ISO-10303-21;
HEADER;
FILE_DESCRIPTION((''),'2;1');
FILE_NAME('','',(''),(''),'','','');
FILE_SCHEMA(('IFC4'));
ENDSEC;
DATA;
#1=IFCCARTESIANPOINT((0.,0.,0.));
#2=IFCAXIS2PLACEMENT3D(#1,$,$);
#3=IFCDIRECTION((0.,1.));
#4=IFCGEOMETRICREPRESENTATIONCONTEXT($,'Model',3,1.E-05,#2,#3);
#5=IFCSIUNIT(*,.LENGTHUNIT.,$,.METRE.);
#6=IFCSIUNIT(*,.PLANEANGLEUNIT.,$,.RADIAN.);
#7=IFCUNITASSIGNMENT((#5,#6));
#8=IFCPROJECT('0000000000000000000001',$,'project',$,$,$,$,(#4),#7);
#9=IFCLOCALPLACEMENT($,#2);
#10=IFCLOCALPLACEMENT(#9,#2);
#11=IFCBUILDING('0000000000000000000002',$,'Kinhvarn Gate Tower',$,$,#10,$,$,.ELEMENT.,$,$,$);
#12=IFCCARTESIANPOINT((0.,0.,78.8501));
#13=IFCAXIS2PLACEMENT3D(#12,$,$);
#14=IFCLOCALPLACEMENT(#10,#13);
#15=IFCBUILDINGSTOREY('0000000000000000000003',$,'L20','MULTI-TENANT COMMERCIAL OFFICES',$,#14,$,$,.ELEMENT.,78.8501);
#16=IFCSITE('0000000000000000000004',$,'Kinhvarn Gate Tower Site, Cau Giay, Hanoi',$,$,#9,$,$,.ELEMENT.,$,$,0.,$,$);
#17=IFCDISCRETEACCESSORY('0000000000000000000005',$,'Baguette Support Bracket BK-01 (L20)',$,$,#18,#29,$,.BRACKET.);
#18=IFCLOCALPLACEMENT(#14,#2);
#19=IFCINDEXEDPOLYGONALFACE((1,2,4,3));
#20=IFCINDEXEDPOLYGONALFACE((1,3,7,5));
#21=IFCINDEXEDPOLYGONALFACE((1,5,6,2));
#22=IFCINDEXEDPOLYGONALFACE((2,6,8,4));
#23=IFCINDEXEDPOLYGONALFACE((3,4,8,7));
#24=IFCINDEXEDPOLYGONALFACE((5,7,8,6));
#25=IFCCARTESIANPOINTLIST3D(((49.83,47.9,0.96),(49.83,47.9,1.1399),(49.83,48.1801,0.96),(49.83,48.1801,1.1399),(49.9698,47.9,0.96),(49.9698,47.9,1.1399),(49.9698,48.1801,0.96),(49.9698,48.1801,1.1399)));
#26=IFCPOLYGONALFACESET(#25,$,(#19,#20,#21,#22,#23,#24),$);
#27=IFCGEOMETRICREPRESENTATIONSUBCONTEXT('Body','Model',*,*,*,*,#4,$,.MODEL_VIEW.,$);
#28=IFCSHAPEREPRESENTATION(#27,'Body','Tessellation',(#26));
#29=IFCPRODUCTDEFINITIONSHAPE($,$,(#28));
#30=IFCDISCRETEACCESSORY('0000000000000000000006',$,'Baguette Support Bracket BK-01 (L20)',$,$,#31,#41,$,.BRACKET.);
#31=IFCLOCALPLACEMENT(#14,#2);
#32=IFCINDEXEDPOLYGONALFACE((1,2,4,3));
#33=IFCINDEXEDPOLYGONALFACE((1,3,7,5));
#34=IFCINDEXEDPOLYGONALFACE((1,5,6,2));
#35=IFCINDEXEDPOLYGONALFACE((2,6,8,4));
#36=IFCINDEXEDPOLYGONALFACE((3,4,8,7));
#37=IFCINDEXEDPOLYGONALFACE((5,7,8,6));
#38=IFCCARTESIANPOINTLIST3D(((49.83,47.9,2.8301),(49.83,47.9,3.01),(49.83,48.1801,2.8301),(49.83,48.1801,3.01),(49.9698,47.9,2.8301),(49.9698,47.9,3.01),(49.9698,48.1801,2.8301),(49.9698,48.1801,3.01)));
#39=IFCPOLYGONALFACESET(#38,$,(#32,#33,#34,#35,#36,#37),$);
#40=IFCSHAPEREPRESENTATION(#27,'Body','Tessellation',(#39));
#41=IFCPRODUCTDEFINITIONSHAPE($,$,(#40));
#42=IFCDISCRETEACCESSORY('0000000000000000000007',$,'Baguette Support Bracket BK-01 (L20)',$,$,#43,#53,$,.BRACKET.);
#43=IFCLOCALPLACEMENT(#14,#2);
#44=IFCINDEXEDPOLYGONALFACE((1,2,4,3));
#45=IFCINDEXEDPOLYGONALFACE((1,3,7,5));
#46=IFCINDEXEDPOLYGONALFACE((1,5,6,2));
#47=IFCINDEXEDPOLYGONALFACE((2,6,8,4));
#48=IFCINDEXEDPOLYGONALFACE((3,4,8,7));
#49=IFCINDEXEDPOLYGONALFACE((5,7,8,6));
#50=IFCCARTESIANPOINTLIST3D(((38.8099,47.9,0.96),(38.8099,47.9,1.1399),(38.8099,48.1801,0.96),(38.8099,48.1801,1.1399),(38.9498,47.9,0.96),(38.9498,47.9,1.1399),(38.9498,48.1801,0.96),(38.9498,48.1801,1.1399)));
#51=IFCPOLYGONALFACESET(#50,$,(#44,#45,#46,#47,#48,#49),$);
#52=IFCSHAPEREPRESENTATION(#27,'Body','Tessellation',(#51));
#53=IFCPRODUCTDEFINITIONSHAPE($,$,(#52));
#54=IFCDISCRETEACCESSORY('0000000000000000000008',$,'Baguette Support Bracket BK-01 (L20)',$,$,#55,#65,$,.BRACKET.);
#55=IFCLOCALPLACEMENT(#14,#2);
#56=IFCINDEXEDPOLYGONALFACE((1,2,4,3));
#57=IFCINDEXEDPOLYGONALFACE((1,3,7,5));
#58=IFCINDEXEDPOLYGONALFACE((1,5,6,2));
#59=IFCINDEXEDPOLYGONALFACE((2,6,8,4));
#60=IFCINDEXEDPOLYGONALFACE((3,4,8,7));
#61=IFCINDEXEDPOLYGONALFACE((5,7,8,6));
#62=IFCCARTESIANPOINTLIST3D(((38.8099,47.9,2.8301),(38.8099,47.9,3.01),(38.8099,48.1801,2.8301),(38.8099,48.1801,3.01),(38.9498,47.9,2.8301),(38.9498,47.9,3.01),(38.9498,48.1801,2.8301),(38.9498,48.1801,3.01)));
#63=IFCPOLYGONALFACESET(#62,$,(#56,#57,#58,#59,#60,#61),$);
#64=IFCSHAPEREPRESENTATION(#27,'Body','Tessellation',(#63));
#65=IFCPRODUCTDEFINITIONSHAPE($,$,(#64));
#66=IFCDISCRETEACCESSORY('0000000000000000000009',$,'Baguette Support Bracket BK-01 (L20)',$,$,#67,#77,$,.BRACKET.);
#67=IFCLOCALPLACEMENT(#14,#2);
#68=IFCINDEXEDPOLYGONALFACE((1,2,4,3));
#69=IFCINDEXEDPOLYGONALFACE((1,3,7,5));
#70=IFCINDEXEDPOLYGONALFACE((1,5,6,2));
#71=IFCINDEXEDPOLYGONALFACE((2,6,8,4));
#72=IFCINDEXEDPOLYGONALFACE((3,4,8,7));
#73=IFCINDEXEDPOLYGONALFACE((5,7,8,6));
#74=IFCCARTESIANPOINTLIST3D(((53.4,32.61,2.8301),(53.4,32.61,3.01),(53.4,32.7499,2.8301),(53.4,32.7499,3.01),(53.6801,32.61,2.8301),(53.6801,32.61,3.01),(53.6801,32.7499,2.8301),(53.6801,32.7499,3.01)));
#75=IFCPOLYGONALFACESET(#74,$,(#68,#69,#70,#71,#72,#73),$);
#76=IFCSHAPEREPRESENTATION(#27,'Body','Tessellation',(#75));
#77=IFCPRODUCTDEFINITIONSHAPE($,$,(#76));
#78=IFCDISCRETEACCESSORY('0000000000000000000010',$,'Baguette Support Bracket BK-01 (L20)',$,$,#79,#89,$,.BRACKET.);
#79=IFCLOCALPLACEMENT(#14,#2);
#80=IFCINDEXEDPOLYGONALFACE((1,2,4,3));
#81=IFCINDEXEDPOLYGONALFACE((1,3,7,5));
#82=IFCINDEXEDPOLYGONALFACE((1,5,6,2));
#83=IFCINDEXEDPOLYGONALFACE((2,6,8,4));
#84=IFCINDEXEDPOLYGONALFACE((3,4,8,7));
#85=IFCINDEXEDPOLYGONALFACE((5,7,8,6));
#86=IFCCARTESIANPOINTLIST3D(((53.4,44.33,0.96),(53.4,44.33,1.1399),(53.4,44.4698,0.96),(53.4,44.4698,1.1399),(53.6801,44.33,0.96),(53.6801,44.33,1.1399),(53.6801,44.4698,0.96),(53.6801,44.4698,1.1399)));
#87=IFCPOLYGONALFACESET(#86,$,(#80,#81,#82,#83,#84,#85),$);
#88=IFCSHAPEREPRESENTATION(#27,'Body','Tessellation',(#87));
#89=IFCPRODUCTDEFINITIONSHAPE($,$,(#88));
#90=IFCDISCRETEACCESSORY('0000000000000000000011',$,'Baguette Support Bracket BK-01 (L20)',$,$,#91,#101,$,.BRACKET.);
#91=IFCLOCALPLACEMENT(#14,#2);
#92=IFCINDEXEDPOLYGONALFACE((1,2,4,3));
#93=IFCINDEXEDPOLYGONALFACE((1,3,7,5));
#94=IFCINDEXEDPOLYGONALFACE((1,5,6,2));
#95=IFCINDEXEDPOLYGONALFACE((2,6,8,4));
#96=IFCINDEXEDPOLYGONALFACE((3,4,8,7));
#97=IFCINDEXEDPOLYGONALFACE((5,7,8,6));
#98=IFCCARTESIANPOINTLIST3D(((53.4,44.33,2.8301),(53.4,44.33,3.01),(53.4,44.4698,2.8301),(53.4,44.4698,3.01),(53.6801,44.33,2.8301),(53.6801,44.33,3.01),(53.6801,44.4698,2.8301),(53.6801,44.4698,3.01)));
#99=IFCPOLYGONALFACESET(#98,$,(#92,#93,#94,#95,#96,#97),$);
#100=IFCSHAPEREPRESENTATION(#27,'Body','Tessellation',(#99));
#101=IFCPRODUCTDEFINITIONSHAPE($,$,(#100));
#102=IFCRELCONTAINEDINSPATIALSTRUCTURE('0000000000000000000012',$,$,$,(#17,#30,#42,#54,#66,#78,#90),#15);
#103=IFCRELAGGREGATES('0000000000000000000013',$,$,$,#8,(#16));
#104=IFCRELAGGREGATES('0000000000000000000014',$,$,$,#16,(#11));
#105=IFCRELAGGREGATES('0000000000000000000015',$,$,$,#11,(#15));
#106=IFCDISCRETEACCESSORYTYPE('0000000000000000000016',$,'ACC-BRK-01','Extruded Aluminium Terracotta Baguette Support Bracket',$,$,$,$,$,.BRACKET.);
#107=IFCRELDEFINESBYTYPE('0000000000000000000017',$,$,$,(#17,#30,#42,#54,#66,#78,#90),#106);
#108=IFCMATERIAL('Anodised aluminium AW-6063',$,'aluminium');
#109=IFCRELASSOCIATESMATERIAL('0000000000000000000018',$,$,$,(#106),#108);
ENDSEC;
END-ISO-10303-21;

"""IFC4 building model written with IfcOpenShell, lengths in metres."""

from ifc_helpers import new_model, si_unit, direction, frame, origin, origin_2d, place, context, subcontext, project, spatial, rectangle, extrude, material, type_object, element, save


model = new_model("IFC4")

# Units and contexts
model_context = context("Model", 3, precision=1e-05, world=origin(), true_north=direction((0.0, 1.0)))
body_context = subcontext(model_context, "Body", "Model", "MODEL_VIEW")
ifc_project = project(units=[si_unit("LENGTHUNIT", "METRE"), si_unit("PLANEANGLEUNIT", "RADIAN")], contexts=[model_context])

# Site, building, storey
site_placement = place(None, origin())
site = spatial("IfcSite", under=ifc_project, at=site_placement, Name="Kinhvarn Gate Tower Site, Cau Giay, Hanoi", CompositionType="ELEMENT", RefElevation=0.0)
building_placement = place(site_placement, origin())
building = spatial("IfcBuilding", under=site, at=building_placement, Name="Kinhvarn Gate Tower", CompositionType="ELEMENT")
storey_placement = place(building_placement, frame((0.0, 0.0, 78.8501)))
storey = spatial("IfcBuildingStorey", under=building, at=storey_placement, Name="L20", Description="MULTI-TENANT COMMERCIAL OFFICES", CompositionType="ELEMENT", Elevation=78.8501)

# Shared definitions
ifc_material_1 = material(Name="Anodised aluminium AW-6063", Category="aluminium")

# Discrete accessories
discrete_accessory_type = type_object("IfcDiscreteAccessoryType", Name="ACC-BRK-01", Description="Extruded Aluminium Terracotta Baguette Support Bracket", PredefinedType="BRACKET", material=ifc_material_1)
for number, where, z_axis, x_axis, name in (
    (1, (49.8999, 48.04, 0.96), (0.0, 0.0, 1.0), (-1.0, 0.0, 0.0), "Baguette Support Bracket BK-01 (L20)"),
    (2, (49.8999, 48.04, 2.8301), (0.0, 0.0, 1.0), (-1.0, 0.0, 0.0), "Baguette Support Bracket BK-01 (L20)"),
    (3, (38.8799, 48.04, 0.96), (0.0, 0.0, 1.0), (-1.0, 0.0, 0.0), "Baguette Support Bracket BK-01 (L20)"),
    (4, (38.8799, 48.04, 2.8301), (0.0, 0.0, 1.0), (-1.0, 0.0, 0.0), "Baguette Support Bracket BK-01 (L20)"),
    (5, (53.54, 32.6799, 2.8301), (0.0, 0.0, 1.0), (0.0, 1.0, 0.0), "Baguette Support Bracket BK-01 (L20)"),
    (6, (53.54, 44.3999, 0.96), (0.0, 0.0, 1.0), (0.0, 1.0, 0.0), "Baguette Support Bracket BK-01 (L20)"),
    (7, (53.54, 44.3999, 2.8301), (0.0, 0.0, 1.0), (0.0, 1.0, 0.0), "Baguette Support Bracket BK-01 (L20)"),
):
    element("IfcDiscreteAccessory", number, at=place(storey_placement, frame(where, z_axis=z_axis, x_axis=x_axis)), inside=storey, type_object=discrete_accessory_type, Name=name, PredefinedType="BRACKET", context=body_context, shape_type="SweptSolid", body=[
        extrude(rectangle(XDim=0.1399, YDim=0.28, at=origin_2d()), origin(), (0.0, 0.0, 1.0), 0.1799),
    ])

save(model, "model.ifc")
